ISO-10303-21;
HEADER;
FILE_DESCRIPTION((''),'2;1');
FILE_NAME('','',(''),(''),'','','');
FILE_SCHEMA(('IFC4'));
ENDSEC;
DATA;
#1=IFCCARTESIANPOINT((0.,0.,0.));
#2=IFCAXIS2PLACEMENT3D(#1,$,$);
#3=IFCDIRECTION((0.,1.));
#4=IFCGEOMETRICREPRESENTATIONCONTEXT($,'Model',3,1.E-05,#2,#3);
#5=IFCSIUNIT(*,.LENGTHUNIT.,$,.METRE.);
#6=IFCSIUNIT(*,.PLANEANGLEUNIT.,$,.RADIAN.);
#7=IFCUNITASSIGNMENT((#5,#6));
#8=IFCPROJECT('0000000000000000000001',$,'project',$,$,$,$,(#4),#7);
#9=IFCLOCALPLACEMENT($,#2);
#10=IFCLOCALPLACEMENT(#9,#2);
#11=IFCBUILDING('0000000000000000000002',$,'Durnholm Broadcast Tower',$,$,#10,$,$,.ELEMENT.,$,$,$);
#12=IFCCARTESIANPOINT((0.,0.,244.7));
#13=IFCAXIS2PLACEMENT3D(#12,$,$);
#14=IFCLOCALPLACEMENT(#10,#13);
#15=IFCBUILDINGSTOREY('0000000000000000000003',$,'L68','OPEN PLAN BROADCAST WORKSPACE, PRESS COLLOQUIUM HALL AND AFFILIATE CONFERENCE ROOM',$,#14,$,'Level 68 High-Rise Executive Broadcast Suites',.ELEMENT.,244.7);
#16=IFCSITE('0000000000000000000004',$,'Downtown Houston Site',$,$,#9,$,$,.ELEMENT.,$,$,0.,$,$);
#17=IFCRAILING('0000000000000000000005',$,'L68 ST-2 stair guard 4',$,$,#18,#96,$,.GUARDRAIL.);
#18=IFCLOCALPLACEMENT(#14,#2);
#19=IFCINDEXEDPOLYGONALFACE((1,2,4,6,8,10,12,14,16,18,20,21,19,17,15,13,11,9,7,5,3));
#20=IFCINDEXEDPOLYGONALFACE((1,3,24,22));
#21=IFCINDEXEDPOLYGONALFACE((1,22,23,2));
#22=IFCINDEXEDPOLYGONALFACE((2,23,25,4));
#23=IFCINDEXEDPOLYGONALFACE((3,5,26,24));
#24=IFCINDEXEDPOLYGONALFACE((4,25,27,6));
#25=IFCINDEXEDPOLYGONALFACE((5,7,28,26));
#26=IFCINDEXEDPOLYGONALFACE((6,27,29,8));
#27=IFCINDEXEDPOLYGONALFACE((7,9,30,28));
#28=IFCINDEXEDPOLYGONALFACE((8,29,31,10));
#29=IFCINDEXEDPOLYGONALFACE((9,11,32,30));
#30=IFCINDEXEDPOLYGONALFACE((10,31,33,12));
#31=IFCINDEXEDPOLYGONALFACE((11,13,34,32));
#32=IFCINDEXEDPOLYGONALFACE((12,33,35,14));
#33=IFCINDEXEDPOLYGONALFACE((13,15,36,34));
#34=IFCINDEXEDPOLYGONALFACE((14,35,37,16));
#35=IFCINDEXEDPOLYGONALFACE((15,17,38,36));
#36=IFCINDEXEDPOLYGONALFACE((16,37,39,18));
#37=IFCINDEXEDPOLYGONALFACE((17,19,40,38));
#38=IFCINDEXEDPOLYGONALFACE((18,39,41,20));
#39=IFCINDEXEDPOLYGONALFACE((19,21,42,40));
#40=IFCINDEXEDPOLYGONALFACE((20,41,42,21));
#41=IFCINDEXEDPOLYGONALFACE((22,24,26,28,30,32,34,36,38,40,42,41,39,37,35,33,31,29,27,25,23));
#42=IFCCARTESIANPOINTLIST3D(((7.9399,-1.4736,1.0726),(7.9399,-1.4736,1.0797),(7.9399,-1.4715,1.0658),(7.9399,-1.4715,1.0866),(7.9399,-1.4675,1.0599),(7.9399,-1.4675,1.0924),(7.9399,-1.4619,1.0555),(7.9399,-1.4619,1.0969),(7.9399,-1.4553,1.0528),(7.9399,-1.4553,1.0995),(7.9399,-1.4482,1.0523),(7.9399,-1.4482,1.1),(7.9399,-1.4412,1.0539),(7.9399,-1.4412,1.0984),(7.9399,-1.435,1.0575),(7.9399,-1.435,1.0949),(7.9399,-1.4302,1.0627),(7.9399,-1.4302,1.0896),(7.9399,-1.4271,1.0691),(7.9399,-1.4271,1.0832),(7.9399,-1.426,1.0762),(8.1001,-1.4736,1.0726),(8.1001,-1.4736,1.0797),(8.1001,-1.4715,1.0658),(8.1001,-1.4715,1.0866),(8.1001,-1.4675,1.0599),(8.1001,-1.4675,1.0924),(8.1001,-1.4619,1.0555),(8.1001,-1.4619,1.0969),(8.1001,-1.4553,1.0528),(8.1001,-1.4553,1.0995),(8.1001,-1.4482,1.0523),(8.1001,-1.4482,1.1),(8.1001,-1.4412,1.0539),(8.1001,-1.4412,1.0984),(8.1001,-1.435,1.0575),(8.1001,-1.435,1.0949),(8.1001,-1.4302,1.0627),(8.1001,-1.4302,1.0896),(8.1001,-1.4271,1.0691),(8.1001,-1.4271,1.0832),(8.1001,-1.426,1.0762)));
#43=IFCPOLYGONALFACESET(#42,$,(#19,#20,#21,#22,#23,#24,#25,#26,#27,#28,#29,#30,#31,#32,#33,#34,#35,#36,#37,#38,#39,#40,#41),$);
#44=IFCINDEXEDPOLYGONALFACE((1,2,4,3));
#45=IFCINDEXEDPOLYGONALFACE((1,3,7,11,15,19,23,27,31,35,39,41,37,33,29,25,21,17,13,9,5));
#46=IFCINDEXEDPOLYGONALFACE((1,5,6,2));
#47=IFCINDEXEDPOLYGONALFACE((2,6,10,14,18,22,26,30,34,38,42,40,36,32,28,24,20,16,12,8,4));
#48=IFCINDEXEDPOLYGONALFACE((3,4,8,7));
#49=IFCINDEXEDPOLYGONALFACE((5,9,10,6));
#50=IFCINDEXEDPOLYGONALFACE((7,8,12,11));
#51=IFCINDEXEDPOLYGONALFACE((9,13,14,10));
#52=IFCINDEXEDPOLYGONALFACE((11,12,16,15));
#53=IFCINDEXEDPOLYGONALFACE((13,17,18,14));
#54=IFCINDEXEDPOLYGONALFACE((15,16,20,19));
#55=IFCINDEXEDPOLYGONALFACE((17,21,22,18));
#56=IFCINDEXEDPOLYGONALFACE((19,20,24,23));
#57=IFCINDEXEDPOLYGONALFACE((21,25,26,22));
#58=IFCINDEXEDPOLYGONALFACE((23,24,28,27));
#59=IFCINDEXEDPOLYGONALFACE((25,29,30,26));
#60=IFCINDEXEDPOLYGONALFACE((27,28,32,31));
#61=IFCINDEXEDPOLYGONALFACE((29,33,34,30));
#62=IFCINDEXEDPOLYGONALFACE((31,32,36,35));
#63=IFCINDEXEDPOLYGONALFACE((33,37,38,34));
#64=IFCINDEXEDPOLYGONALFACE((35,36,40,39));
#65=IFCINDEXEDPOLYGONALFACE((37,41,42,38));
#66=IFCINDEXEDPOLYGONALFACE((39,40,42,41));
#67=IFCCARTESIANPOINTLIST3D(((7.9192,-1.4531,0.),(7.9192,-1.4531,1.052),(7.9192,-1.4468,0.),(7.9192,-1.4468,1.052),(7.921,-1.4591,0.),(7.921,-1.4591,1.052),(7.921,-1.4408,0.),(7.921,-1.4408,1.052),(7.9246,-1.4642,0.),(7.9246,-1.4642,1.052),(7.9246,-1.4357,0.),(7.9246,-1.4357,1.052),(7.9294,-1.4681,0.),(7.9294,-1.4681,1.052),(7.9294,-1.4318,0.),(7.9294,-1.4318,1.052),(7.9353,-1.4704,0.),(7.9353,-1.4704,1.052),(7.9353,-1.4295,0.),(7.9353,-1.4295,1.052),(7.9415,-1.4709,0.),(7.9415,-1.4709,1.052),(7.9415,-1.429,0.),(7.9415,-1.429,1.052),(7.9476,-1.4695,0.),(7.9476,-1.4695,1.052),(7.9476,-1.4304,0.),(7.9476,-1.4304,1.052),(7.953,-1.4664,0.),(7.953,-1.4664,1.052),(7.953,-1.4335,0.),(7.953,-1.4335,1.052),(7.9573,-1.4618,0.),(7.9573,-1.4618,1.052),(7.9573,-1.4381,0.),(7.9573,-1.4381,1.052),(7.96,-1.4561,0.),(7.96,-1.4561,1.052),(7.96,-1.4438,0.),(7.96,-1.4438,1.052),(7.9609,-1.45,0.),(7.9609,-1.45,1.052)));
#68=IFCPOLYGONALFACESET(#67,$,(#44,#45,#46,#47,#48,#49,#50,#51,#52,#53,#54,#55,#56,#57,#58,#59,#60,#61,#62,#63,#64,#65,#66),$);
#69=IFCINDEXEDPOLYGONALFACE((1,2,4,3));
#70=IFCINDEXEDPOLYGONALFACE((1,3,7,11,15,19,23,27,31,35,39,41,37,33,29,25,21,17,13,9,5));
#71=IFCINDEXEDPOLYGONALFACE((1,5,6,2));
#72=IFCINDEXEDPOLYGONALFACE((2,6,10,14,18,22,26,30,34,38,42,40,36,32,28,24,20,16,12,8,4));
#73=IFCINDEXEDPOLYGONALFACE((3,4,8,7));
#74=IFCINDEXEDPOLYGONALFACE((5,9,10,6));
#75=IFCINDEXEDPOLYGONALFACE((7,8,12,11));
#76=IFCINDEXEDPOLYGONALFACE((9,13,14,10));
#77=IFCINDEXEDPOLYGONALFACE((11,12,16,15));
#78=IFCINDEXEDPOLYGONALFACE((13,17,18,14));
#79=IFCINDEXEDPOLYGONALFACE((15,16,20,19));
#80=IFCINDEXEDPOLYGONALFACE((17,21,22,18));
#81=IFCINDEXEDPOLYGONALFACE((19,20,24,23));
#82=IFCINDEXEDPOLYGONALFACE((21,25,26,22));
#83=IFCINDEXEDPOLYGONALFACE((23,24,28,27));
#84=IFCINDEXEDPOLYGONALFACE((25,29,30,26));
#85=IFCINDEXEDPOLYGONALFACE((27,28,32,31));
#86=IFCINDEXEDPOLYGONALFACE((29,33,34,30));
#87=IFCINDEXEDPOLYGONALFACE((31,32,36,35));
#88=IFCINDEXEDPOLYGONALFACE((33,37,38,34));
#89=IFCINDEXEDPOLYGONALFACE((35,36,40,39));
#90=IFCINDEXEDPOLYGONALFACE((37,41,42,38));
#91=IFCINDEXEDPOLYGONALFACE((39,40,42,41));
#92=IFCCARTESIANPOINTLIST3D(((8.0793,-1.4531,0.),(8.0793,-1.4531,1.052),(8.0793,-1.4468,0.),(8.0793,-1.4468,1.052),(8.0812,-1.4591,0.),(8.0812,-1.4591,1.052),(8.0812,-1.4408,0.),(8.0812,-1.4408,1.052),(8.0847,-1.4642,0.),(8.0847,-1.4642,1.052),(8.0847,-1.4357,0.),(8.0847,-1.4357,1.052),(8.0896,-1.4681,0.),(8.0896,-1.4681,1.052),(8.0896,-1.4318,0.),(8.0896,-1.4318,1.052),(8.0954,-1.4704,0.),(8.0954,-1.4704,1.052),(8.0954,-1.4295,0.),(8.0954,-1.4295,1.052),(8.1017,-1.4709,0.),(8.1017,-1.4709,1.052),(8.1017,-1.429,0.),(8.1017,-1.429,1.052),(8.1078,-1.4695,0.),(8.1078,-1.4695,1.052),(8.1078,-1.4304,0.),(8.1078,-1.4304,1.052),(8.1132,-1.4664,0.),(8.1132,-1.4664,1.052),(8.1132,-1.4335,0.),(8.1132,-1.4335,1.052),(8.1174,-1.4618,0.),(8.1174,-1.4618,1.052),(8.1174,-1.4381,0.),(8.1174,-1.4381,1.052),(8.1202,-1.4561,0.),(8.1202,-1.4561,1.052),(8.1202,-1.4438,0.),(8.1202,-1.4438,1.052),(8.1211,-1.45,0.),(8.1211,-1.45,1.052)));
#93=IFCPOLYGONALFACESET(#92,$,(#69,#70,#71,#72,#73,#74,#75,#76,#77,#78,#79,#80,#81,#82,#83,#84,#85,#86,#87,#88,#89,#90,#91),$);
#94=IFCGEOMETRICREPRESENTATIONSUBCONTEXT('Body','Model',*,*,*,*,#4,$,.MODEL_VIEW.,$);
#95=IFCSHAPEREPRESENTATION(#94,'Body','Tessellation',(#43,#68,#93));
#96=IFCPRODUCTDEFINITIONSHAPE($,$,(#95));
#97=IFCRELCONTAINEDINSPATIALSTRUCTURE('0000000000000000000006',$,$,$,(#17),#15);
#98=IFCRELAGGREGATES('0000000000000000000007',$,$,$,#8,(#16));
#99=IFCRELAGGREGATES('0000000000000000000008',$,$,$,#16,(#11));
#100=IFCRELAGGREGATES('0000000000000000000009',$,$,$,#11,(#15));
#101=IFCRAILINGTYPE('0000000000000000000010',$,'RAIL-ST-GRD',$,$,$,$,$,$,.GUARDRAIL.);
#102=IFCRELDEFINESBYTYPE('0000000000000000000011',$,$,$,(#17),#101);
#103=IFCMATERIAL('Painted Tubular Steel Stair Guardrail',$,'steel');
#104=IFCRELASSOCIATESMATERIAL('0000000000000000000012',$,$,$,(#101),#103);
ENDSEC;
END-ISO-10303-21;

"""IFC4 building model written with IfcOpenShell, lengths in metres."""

from ifc_helpers import new_model, si_unit, direction, frame, origin, origin_2d, place, context, subcontext, project, spatial, circle, extrude, material, type_object, element, save


model = new_model("IFC4")

# Units and contexts
model_context = context("Model", 3, precision=1e-05, world=origin(), true_north=direction((0.0, 1.0)))
body_context = subcontext(model_context, "Body", "Model", "MODEL_VIEW")
ifc_project = project(units=[si_unit("LENGTHUNIT", "METRE"), si_unit("PLANEANGLEUNIT", "RADIAN")], contexts=[model_context])

# Site, building, storey
site_placement = place(None, origin())
site = spatial("IfcSite", under=ifc_project, at=site_placement, Name="Downtown Houston Site", CompositionType="ELEMENT", RefElevation=0.0)
building_placement = place(site_placement, origin())
building = spatial("IfcBuilding", under=site, at=building_placement, Name="Durnholm Broadcast Tower", CompositionType="ELEMENT")
storey_placement = place(building_placement, frame((0.0, 0.0, 244.7)))
storey = spatial("IfcBuildingStorey", under=building, at=storey_placement, Name="L68", Description="OPEN PLAN BROADCAST WORKSPACE, PRESS COLLOQUIUM HALL AND AFFILIATE CONFERENCE ROOM", LongName="Level 68 High-Rise Executive Broadcast Suites", CompositionType="ELEMENT", Elevation=244.7)

# Railing
ifc_material_1 = material(Name="Painted Tubular Steel Stair Guardrail", Category="steel")
railing_type_1 = type_object("IfcRailingType", Name="RAIL-ST-GRD", PredefinedType="GUARDRAIL", material=ifc_material_1)
railing_1_placement = place(storey_placement, frame((7.9399, -1.45, 0.0)))
element("IfcRailing", 1, at=railing_1_placement, inside=storey, type_object=railing_type_1, Name="L68 ST-2 stair guard 4", PredefinedType="GUARDRAIL", context=body_context, shape_type="SweptSolid", body=[
    extrude(circle(Radius=0.0239, at=origin_2d()), frame((0.0, 0.0, 1.0762), z_axis=(1.0, 0.0, 0.0), x_axis=(0.0, 1.0, 0.0)), (0.0, 0.0, 1.0), 0.1602),
    extrude(circle(Radius=0.021, at=origin_2d()), origin(), (0.0, 0.0, 1.0), 1.052),
    extrude(circle(Radius=0.021, at=origin_2d()), frame((0.1602, 0.0, 0.0)), (0.0, 0.0, 1.0), 1.052),
])

save(model, "model.ifc")
